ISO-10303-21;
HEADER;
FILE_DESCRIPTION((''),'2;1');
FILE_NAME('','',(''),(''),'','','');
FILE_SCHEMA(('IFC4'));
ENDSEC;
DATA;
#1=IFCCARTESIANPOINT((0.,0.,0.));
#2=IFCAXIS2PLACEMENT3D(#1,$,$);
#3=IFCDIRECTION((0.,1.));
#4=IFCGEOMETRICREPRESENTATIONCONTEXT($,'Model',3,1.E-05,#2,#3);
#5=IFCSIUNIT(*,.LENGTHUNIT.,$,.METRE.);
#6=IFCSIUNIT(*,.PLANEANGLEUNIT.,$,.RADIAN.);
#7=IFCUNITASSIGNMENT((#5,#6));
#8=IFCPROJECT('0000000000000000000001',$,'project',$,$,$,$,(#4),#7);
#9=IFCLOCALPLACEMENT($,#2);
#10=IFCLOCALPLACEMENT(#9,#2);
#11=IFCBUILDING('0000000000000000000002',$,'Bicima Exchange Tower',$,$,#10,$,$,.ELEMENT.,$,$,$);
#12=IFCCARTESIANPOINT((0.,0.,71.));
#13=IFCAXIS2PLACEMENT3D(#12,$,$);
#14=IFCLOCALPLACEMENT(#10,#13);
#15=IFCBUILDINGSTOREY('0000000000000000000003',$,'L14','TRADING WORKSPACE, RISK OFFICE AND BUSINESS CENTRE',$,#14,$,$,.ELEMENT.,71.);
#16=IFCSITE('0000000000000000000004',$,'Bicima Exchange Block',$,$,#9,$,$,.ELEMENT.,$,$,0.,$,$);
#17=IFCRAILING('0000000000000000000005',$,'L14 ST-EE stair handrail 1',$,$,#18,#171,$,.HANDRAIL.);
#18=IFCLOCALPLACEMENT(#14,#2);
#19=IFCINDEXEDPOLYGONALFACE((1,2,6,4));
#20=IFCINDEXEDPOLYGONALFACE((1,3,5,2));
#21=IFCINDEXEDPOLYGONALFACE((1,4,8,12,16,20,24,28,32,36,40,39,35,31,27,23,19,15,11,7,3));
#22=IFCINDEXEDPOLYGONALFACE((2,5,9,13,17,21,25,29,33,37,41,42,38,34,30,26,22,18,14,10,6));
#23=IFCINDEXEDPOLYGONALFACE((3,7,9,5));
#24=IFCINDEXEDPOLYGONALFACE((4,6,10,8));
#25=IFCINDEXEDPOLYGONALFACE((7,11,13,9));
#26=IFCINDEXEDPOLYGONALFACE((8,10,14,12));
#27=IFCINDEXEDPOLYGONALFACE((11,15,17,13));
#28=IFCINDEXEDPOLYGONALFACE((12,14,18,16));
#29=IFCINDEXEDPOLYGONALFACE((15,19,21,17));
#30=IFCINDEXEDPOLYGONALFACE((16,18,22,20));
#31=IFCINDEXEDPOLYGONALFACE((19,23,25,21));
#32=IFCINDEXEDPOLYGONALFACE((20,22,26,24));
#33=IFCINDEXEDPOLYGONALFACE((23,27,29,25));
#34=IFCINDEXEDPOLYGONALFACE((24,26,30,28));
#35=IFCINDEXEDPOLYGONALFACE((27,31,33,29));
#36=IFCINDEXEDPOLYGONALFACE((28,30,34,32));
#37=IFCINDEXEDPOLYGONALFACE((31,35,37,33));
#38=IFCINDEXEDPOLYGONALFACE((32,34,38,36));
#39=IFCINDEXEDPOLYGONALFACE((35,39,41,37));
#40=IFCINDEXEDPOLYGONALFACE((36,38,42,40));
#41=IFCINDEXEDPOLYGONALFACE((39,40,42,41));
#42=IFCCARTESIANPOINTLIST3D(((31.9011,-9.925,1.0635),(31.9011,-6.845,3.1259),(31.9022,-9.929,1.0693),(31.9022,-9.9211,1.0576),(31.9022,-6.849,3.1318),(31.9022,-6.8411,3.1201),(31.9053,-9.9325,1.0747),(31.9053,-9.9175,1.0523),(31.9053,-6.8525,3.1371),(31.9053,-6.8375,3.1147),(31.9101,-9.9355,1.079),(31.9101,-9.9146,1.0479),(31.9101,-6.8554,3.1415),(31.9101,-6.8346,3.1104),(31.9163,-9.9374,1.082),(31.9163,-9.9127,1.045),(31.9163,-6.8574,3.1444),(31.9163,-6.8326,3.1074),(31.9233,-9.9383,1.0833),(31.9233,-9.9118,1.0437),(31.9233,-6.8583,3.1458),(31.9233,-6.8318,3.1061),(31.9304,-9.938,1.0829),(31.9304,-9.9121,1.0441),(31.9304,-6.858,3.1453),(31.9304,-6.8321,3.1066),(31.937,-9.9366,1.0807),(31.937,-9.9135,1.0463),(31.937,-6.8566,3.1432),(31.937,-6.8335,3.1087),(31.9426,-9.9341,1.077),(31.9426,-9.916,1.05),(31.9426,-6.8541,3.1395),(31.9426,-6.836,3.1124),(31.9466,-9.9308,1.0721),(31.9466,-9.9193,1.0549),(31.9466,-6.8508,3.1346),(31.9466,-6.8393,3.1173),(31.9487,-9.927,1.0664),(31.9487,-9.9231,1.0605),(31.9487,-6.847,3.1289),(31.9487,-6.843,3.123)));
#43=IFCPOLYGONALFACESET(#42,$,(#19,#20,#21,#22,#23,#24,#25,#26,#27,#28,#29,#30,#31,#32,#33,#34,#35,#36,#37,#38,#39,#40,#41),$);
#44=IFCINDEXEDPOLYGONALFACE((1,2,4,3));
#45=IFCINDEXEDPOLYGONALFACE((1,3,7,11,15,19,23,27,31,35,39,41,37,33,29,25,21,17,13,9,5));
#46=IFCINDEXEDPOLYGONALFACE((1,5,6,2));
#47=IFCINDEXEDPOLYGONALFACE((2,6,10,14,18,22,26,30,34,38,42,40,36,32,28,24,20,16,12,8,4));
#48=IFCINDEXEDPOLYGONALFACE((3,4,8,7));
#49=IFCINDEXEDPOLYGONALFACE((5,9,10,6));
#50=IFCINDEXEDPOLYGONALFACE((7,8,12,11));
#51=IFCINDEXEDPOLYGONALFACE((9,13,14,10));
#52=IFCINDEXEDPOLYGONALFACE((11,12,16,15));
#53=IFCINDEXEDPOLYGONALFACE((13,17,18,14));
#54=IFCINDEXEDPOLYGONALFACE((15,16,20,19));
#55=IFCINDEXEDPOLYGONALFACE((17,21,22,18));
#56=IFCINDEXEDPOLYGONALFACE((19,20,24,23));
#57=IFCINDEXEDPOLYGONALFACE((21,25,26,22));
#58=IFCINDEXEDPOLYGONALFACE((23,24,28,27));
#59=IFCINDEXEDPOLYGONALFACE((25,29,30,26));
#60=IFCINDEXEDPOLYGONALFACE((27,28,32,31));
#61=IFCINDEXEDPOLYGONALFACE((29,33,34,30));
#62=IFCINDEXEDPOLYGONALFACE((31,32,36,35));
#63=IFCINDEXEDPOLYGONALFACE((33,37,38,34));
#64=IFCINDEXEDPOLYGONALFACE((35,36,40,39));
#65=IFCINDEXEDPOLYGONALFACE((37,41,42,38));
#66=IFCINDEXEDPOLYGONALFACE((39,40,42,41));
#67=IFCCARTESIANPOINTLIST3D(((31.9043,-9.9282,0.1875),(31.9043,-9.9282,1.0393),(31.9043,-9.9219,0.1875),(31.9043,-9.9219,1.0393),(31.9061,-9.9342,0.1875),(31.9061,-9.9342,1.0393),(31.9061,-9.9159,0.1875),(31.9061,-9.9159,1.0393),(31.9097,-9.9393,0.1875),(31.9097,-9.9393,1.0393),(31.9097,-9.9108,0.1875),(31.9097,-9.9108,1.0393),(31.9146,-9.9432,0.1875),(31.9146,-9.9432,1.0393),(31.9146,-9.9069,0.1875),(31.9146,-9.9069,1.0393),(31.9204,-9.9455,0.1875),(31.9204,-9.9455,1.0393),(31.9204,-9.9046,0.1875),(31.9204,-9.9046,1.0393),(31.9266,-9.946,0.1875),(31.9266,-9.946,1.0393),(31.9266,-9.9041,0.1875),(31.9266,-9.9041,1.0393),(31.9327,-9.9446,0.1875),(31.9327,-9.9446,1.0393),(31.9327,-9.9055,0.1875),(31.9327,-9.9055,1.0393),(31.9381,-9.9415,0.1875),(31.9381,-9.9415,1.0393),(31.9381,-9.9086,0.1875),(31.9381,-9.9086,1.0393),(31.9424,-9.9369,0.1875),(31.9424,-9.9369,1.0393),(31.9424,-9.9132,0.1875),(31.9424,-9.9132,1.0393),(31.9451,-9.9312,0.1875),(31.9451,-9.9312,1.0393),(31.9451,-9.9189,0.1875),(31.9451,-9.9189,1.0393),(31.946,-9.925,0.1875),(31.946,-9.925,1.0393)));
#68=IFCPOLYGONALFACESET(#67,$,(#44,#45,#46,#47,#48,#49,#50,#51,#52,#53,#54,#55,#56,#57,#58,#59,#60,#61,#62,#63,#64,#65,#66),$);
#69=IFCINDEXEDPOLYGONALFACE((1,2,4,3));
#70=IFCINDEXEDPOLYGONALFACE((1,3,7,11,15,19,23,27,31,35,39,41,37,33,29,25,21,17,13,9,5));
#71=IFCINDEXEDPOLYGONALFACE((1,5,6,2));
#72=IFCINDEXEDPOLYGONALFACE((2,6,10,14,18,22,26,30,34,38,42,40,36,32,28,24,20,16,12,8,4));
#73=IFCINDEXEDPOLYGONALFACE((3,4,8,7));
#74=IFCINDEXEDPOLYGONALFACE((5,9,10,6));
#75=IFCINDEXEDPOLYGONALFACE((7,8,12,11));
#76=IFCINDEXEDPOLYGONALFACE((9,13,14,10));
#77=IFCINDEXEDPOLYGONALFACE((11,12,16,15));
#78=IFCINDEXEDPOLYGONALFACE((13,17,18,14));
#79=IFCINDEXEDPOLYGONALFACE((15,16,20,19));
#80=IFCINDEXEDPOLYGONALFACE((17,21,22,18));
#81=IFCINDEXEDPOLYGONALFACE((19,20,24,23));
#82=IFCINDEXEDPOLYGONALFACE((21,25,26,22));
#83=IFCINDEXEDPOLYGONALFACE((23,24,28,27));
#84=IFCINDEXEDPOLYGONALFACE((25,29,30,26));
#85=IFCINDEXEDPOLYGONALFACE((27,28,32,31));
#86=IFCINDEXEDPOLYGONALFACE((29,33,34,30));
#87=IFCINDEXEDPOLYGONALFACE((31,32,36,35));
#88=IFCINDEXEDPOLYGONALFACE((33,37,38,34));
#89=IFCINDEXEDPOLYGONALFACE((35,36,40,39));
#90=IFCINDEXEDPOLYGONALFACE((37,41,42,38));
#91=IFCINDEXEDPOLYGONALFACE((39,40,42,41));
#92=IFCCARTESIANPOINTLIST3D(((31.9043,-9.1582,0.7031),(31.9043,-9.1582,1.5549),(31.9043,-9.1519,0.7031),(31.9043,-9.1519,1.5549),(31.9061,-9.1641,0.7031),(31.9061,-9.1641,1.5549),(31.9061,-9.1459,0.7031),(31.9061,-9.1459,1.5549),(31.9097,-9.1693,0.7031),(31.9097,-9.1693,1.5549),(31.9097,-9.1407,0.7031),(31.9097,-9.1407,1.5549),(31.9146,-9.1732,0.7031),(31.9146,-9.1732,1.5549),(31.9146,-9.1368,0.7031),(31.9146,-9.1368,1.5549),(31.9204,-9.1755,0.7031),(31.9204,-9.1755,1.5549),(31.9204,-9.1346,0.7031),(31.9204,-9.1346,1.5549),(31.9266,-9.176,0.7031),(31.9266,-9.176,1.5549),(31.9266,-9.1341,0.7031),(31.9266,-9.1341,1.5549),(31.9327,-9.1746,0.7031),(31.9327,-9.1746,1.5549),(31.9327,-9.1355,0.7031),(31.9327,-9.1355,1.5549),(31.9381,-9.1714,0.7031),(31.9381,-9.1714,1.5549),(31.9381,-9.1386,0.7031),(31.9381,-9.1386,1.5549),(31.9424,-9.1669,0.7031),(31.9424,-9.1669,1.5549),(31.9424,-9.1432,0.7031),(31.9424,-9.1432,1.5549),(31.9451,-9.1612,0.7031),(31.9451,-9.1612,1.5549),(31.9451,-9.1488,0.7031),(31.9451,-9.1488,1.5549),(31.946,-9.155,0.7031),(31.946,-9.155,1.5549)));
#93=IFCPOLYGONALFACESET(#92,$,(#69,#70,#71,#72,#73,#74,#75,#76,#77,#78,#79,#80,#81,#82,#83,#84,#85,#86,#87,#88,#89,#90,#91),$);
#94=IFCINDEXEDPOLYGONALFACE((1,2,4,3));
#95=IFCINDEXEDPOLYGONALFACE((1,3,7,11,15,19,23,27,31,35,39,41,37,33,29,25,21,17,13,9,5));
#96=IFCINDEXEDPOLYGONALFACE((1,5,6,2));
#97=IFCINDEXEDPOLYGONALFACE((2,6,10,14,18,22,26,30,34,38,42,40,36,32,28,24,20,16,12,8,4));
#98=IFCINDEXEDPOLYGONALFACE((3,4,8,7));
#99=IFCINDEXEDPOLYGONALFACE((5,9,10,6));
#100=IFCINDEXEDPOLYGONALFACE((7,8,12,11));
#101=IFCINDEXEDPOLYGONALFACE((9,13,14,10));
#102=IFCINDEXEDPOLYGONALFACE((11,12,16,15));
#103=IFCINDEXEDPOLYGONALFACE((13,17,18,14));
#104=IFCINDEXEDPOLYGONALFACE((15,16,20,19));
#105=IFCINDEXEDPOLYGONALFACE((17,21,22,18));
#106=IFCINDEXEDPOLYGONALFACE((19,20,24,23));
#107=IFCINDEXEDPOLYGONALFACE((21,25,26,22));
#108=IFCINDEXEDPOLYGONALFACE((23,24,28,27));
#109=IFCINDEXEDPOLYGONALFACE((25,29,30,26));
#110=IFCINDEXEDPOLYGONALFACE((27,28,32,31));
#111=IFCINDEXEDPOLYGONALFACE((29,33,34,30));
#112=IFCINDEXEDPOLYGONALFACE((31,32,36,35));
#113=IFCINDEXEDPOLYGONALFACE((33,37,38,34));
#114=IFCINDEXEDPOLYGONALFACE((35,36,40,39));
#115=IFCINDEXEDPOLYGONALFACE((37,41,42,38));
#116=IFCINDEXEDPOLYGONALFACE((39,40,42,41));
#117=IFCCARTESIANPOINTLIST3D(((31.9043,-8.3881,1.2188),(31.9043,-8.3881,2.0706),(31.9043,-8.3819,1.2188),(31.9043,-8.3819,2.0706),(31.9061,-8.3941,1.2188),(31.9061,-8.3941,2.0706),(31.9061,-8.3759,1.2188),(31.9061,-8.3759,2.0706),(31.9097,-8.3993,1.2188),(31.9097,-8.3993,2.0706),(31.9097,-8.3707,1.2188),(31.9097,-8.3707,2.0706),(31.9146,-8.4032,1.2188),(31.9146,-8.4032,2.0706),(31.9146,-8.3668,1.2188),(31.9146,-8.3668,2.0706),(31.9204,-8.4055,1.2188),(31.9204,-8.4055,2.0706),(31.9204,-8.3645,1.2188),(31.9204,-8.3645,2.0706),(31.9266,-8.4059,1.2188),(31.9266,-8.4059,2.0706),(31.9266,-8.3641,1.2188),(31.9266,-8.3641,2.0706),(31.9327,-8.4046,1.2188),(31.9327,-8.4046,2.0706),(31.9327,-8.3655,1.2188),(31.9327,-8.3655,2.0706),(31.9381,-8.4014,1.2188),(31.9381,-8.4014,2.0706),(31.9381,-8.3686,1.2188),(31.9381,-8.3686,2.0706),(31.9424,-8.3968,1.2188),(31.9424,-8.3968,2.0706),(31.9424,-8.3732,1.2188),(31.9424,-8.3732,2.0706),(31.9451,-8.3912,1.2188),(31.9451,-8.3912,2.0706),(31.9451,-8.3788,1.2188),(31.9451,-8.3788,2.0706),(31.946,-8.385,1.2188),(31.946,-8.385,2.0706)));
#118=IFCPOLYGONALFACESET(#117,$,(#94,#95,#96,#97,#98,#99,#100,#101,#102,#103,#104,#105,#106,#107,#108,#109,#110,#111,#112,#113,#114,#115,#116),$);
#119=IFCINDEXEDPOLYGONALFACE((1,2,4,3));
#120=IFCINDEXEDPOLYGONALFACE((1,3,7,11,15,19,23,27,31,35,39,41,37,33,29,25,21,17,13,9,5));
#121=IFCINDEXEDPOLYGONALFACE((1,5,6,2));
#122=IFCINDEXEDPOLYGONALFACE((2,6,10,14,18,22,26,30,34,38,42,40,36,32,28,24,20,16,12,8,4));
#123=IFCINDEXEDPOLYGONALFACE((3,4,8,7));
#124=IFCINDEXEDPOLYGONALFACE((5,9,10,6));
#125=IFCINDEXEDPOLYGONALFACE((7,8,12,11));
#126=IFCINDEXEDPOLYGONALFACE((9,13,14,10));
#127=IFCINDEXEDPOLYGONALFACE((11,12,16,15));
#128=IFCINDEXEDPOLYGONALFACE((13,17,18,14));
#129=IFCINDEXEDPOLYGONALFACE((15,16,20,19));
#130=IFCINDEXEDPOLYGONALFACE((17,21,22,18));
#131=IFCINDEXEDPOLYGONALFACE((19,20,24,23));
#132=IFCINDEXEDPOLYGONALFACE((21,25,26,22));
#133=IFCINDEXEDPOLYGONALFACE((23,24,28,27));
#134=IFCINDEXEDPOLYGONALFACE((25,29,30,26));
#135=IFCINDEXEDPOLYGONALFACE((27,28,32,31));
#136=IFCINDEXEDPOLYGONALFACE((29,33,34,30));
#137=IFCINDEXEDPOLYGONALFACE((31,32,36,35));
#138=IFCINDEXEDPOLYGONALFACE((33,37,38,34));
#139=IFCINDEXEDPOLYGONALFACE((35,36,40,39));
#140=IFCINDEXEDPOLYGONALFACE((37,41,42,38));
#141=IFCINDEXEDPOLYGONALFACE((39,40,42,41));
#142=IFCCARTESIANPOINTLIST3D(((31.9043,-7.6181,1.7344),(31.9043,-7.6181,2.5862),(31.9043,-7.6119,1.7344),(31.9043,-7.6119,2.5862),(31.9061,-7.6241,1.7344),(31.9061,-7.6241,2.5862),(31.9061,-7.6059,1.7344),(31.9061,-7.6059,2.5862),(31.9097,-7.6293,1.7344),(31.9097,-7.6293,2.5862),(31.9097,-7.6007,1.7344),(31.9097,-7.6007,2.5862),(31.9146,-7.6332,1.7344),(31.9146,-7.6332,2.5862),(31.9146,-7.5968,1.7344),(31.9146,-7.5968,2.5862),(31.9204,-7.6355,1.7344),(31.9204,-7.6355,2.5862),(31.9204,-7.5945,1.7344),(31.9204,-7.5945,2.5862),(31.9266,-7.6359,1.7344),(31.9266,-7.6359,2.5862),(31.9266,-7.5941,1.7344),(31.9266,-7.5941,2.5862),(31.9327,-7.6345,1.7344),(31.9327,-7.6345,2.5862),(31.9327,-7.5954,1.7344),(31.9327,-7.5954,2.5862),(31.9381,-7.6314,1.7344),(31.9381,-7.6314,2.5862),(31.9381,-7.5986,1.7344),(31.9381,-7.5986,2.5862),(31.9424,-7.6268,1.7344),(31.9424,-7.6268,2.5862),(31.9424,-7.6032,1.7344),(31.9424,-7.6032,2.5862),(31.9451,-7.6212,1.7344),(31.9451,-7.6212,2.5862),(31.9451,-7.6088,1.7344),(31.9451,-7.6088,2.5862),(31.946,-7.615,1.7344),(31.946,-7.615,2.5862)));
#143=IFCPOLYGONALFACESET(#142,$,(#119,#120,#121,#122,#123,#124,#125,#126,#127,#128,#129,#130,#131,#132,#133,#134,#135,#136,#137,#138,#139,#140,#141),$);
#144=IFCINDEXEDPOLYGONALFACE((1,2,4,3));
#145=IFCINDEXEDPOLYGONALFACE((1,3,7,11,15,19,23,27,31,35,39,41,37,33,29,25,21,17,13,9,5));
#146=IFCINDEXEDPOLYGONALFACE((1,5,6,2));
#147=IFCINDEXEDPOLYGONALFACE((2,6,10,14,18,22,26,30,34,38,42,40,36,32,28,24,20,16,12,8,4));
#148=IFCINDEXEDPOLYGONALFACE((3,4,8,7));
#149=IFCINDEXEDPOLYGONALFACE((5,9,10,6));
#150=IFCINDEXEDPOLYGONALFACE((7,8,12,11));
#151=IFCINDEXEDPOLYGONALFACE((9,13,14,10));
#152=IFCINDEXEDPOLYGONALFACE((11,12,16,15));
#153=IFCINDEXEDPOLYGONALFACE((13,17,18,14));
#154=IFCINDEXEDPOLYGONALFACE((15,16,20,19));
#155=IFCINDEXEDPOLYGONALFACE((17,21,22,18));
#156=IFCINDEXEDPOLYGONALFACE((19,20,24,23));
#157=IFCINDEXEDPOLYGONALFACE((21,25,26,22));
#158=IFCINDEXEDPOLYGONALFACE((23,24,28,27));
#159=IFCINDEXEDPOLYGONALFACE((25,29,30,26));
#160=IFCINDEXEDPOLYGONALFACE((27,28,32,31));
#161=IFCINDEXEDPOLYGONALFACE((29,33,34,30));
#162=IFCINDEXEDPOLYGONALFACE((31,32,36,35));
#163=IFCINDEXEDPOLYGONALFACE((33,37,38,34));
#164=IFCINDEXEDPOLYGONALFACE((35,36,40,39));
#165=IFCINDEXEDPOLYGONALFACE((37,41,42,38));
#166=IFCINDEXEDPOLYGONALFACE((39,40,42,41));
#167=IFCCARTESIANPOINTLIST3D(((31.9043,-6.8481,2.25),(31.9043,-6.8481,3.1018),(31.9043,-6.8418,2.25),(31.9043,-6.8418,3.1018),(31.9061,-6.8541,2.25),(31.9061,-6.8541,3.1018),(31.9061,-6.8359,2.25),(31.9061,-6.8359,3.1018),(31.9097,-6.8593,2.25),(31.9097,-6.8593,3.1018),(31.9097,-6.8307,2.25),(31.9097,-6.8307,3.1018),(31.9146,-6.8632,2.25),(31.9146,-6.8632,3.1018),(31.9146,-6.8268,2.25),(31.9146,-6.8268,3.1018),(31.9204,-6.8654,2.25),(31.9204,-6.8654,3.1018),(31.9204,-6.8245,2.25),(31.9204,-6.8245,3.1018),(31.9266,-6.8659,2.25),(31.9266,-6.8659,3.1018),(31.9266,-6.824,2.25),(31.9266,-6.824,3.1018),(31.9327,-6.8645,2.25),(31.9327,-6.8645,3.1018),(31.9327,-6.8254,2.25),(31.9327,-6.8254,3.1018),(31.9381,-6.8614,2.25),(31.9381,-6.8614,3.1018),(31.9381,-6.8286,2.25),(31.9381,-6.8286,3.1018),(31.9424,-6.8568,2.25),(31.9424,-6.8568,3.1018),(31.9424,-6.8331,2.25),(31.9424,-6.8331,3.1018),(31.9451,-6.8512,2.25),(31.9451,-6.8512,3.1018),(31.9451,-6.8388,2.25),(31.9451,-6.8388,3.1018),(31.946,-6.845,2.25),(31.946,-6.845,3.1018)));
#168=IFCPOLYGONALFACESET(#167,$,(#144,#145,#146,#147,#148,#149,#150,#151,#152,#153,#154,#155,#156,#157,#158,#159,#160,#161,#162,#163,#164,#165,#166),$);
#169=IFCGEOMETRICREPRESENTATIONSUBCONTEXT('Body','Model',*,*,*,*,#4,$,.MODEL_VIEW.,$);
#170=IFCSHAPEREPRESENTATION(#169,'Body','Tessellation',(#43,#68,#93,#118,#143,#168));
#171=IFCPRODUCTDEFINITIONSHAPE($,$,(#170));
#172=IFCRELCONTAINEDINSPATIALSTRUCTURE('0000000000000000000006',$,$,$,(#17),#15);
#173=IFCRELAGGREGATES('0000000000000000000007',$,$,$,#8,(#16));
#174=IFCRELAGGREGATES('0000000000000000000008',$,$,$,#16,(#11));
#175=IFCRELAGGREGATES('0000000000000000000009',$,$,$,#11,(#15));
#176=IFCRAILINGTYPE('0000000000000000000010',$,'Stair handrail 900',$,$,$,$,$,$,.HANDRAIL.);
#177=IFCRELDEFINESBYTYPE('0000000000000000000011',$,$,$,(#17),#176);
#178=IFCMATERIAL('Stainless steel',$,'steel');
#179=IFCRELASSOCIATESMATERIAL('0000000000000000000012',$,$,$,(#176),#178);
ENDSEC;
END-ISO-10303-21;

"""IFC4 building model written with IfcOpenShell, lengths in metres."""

from ifc_helpers import new_model, si_unit, direction, frame, origin, origin_2d, place, context, subcontext, project, spatial, circle, extrude, material, type_object, element, save


model = new_model("IFC4")

# Units and contexts
model_context = context("Model", 3, precision=1e-05, world=origin(), true_north=direction((0.0, 1.0)))
body_context = subcontext(model_context, "Body", "Model", "MODEL_VIEW")
ifc_project = project(units=[si_unit("LENGTHUNIT", "METRE"), si_unit("PLANEANGLEUNIT", "RADIAN")], contexts=[model_context])

# Site, building, storey
site_placement = place(None, origin())
site = spatial("IfcSite", under=ifc_project, at=site_placement, Name="Bicima Exchange Block", CompositionType="ELEMENT", RefElevation=0.0)
building_placement = place(site_placement, origin())
building = spatial("IfcBuilding", under=site, at=building_placement, Name="Bicima Exchange Tower", CompositionType="ELEMENT")
storey_placement = place(building_placement, frame((0.0, 0.0, 71.0)))
storey = spatial("IfcBuildingStorey", under=building, at=storey_placement, Name="L14", Description="TRADING WORKSPACE, RISK OFFICE AND BUSINESS CENTRE", CompositionType="ELEMENT", Elevation=71.0)

# Railing
ifc_material_1 = material(Name="Stainless steel", Category="steel")
railing_type_1 = type_object("IfcRailingType", Name="Stair handrail 900", PredefinedType="HANDRAIL", material=ifc_material_1)
railing_1_placement = place(storey_placement, frame((31.925, -9.925, 0.1875)))
element("IfcRailing", 1, at=railing_1_placement, inside=storey, type_object=railing_type_1, Name="L14 ST-EE stair handrail 1", PredefinedType="HANDRAIL", context=body_context, shape_type="SweptSolid", body=[
    extrude(circle(Radius=0.0239, at=origin_2d()), frame((0.0, 0.0, 0.876), z_axis=(0.0, 0.830914, 0.556401), x_axis=(-1.0, 0.0, 0.0)), (0.0, 0.0, 1.0), 3.7068),
    extrude(circle(Radius=0.021, at=origin_2d()), origin(), (0.0, 0.0, 1.0), 0.8518),
    extrude(circle(Radius=0.021, at=origin_2d()), frame((0.0, 0.77, 0.5156)), (0.0, 0.0, 1.0), 0.8518),
    extrude(circle(Radius=0.021, at=origin_2d()), frame((0.0, 1.54, 1.0312)), (0.0, 0.0, 1.0), 0.8518),
    extrude(circle(Radius=0.021, at=origin_2d()), frame((0.0, 2.3101, 1.5469)), (0.0, 0.0, 1.0), 0.8518),
    extrude(circle(Radius=0.021, at=origin_2d()), frame((0.0, 3.0801, 2.0625)), (0.0, 0.0, 1.0), 0.8518),
])

save(model, "model.ifc")
